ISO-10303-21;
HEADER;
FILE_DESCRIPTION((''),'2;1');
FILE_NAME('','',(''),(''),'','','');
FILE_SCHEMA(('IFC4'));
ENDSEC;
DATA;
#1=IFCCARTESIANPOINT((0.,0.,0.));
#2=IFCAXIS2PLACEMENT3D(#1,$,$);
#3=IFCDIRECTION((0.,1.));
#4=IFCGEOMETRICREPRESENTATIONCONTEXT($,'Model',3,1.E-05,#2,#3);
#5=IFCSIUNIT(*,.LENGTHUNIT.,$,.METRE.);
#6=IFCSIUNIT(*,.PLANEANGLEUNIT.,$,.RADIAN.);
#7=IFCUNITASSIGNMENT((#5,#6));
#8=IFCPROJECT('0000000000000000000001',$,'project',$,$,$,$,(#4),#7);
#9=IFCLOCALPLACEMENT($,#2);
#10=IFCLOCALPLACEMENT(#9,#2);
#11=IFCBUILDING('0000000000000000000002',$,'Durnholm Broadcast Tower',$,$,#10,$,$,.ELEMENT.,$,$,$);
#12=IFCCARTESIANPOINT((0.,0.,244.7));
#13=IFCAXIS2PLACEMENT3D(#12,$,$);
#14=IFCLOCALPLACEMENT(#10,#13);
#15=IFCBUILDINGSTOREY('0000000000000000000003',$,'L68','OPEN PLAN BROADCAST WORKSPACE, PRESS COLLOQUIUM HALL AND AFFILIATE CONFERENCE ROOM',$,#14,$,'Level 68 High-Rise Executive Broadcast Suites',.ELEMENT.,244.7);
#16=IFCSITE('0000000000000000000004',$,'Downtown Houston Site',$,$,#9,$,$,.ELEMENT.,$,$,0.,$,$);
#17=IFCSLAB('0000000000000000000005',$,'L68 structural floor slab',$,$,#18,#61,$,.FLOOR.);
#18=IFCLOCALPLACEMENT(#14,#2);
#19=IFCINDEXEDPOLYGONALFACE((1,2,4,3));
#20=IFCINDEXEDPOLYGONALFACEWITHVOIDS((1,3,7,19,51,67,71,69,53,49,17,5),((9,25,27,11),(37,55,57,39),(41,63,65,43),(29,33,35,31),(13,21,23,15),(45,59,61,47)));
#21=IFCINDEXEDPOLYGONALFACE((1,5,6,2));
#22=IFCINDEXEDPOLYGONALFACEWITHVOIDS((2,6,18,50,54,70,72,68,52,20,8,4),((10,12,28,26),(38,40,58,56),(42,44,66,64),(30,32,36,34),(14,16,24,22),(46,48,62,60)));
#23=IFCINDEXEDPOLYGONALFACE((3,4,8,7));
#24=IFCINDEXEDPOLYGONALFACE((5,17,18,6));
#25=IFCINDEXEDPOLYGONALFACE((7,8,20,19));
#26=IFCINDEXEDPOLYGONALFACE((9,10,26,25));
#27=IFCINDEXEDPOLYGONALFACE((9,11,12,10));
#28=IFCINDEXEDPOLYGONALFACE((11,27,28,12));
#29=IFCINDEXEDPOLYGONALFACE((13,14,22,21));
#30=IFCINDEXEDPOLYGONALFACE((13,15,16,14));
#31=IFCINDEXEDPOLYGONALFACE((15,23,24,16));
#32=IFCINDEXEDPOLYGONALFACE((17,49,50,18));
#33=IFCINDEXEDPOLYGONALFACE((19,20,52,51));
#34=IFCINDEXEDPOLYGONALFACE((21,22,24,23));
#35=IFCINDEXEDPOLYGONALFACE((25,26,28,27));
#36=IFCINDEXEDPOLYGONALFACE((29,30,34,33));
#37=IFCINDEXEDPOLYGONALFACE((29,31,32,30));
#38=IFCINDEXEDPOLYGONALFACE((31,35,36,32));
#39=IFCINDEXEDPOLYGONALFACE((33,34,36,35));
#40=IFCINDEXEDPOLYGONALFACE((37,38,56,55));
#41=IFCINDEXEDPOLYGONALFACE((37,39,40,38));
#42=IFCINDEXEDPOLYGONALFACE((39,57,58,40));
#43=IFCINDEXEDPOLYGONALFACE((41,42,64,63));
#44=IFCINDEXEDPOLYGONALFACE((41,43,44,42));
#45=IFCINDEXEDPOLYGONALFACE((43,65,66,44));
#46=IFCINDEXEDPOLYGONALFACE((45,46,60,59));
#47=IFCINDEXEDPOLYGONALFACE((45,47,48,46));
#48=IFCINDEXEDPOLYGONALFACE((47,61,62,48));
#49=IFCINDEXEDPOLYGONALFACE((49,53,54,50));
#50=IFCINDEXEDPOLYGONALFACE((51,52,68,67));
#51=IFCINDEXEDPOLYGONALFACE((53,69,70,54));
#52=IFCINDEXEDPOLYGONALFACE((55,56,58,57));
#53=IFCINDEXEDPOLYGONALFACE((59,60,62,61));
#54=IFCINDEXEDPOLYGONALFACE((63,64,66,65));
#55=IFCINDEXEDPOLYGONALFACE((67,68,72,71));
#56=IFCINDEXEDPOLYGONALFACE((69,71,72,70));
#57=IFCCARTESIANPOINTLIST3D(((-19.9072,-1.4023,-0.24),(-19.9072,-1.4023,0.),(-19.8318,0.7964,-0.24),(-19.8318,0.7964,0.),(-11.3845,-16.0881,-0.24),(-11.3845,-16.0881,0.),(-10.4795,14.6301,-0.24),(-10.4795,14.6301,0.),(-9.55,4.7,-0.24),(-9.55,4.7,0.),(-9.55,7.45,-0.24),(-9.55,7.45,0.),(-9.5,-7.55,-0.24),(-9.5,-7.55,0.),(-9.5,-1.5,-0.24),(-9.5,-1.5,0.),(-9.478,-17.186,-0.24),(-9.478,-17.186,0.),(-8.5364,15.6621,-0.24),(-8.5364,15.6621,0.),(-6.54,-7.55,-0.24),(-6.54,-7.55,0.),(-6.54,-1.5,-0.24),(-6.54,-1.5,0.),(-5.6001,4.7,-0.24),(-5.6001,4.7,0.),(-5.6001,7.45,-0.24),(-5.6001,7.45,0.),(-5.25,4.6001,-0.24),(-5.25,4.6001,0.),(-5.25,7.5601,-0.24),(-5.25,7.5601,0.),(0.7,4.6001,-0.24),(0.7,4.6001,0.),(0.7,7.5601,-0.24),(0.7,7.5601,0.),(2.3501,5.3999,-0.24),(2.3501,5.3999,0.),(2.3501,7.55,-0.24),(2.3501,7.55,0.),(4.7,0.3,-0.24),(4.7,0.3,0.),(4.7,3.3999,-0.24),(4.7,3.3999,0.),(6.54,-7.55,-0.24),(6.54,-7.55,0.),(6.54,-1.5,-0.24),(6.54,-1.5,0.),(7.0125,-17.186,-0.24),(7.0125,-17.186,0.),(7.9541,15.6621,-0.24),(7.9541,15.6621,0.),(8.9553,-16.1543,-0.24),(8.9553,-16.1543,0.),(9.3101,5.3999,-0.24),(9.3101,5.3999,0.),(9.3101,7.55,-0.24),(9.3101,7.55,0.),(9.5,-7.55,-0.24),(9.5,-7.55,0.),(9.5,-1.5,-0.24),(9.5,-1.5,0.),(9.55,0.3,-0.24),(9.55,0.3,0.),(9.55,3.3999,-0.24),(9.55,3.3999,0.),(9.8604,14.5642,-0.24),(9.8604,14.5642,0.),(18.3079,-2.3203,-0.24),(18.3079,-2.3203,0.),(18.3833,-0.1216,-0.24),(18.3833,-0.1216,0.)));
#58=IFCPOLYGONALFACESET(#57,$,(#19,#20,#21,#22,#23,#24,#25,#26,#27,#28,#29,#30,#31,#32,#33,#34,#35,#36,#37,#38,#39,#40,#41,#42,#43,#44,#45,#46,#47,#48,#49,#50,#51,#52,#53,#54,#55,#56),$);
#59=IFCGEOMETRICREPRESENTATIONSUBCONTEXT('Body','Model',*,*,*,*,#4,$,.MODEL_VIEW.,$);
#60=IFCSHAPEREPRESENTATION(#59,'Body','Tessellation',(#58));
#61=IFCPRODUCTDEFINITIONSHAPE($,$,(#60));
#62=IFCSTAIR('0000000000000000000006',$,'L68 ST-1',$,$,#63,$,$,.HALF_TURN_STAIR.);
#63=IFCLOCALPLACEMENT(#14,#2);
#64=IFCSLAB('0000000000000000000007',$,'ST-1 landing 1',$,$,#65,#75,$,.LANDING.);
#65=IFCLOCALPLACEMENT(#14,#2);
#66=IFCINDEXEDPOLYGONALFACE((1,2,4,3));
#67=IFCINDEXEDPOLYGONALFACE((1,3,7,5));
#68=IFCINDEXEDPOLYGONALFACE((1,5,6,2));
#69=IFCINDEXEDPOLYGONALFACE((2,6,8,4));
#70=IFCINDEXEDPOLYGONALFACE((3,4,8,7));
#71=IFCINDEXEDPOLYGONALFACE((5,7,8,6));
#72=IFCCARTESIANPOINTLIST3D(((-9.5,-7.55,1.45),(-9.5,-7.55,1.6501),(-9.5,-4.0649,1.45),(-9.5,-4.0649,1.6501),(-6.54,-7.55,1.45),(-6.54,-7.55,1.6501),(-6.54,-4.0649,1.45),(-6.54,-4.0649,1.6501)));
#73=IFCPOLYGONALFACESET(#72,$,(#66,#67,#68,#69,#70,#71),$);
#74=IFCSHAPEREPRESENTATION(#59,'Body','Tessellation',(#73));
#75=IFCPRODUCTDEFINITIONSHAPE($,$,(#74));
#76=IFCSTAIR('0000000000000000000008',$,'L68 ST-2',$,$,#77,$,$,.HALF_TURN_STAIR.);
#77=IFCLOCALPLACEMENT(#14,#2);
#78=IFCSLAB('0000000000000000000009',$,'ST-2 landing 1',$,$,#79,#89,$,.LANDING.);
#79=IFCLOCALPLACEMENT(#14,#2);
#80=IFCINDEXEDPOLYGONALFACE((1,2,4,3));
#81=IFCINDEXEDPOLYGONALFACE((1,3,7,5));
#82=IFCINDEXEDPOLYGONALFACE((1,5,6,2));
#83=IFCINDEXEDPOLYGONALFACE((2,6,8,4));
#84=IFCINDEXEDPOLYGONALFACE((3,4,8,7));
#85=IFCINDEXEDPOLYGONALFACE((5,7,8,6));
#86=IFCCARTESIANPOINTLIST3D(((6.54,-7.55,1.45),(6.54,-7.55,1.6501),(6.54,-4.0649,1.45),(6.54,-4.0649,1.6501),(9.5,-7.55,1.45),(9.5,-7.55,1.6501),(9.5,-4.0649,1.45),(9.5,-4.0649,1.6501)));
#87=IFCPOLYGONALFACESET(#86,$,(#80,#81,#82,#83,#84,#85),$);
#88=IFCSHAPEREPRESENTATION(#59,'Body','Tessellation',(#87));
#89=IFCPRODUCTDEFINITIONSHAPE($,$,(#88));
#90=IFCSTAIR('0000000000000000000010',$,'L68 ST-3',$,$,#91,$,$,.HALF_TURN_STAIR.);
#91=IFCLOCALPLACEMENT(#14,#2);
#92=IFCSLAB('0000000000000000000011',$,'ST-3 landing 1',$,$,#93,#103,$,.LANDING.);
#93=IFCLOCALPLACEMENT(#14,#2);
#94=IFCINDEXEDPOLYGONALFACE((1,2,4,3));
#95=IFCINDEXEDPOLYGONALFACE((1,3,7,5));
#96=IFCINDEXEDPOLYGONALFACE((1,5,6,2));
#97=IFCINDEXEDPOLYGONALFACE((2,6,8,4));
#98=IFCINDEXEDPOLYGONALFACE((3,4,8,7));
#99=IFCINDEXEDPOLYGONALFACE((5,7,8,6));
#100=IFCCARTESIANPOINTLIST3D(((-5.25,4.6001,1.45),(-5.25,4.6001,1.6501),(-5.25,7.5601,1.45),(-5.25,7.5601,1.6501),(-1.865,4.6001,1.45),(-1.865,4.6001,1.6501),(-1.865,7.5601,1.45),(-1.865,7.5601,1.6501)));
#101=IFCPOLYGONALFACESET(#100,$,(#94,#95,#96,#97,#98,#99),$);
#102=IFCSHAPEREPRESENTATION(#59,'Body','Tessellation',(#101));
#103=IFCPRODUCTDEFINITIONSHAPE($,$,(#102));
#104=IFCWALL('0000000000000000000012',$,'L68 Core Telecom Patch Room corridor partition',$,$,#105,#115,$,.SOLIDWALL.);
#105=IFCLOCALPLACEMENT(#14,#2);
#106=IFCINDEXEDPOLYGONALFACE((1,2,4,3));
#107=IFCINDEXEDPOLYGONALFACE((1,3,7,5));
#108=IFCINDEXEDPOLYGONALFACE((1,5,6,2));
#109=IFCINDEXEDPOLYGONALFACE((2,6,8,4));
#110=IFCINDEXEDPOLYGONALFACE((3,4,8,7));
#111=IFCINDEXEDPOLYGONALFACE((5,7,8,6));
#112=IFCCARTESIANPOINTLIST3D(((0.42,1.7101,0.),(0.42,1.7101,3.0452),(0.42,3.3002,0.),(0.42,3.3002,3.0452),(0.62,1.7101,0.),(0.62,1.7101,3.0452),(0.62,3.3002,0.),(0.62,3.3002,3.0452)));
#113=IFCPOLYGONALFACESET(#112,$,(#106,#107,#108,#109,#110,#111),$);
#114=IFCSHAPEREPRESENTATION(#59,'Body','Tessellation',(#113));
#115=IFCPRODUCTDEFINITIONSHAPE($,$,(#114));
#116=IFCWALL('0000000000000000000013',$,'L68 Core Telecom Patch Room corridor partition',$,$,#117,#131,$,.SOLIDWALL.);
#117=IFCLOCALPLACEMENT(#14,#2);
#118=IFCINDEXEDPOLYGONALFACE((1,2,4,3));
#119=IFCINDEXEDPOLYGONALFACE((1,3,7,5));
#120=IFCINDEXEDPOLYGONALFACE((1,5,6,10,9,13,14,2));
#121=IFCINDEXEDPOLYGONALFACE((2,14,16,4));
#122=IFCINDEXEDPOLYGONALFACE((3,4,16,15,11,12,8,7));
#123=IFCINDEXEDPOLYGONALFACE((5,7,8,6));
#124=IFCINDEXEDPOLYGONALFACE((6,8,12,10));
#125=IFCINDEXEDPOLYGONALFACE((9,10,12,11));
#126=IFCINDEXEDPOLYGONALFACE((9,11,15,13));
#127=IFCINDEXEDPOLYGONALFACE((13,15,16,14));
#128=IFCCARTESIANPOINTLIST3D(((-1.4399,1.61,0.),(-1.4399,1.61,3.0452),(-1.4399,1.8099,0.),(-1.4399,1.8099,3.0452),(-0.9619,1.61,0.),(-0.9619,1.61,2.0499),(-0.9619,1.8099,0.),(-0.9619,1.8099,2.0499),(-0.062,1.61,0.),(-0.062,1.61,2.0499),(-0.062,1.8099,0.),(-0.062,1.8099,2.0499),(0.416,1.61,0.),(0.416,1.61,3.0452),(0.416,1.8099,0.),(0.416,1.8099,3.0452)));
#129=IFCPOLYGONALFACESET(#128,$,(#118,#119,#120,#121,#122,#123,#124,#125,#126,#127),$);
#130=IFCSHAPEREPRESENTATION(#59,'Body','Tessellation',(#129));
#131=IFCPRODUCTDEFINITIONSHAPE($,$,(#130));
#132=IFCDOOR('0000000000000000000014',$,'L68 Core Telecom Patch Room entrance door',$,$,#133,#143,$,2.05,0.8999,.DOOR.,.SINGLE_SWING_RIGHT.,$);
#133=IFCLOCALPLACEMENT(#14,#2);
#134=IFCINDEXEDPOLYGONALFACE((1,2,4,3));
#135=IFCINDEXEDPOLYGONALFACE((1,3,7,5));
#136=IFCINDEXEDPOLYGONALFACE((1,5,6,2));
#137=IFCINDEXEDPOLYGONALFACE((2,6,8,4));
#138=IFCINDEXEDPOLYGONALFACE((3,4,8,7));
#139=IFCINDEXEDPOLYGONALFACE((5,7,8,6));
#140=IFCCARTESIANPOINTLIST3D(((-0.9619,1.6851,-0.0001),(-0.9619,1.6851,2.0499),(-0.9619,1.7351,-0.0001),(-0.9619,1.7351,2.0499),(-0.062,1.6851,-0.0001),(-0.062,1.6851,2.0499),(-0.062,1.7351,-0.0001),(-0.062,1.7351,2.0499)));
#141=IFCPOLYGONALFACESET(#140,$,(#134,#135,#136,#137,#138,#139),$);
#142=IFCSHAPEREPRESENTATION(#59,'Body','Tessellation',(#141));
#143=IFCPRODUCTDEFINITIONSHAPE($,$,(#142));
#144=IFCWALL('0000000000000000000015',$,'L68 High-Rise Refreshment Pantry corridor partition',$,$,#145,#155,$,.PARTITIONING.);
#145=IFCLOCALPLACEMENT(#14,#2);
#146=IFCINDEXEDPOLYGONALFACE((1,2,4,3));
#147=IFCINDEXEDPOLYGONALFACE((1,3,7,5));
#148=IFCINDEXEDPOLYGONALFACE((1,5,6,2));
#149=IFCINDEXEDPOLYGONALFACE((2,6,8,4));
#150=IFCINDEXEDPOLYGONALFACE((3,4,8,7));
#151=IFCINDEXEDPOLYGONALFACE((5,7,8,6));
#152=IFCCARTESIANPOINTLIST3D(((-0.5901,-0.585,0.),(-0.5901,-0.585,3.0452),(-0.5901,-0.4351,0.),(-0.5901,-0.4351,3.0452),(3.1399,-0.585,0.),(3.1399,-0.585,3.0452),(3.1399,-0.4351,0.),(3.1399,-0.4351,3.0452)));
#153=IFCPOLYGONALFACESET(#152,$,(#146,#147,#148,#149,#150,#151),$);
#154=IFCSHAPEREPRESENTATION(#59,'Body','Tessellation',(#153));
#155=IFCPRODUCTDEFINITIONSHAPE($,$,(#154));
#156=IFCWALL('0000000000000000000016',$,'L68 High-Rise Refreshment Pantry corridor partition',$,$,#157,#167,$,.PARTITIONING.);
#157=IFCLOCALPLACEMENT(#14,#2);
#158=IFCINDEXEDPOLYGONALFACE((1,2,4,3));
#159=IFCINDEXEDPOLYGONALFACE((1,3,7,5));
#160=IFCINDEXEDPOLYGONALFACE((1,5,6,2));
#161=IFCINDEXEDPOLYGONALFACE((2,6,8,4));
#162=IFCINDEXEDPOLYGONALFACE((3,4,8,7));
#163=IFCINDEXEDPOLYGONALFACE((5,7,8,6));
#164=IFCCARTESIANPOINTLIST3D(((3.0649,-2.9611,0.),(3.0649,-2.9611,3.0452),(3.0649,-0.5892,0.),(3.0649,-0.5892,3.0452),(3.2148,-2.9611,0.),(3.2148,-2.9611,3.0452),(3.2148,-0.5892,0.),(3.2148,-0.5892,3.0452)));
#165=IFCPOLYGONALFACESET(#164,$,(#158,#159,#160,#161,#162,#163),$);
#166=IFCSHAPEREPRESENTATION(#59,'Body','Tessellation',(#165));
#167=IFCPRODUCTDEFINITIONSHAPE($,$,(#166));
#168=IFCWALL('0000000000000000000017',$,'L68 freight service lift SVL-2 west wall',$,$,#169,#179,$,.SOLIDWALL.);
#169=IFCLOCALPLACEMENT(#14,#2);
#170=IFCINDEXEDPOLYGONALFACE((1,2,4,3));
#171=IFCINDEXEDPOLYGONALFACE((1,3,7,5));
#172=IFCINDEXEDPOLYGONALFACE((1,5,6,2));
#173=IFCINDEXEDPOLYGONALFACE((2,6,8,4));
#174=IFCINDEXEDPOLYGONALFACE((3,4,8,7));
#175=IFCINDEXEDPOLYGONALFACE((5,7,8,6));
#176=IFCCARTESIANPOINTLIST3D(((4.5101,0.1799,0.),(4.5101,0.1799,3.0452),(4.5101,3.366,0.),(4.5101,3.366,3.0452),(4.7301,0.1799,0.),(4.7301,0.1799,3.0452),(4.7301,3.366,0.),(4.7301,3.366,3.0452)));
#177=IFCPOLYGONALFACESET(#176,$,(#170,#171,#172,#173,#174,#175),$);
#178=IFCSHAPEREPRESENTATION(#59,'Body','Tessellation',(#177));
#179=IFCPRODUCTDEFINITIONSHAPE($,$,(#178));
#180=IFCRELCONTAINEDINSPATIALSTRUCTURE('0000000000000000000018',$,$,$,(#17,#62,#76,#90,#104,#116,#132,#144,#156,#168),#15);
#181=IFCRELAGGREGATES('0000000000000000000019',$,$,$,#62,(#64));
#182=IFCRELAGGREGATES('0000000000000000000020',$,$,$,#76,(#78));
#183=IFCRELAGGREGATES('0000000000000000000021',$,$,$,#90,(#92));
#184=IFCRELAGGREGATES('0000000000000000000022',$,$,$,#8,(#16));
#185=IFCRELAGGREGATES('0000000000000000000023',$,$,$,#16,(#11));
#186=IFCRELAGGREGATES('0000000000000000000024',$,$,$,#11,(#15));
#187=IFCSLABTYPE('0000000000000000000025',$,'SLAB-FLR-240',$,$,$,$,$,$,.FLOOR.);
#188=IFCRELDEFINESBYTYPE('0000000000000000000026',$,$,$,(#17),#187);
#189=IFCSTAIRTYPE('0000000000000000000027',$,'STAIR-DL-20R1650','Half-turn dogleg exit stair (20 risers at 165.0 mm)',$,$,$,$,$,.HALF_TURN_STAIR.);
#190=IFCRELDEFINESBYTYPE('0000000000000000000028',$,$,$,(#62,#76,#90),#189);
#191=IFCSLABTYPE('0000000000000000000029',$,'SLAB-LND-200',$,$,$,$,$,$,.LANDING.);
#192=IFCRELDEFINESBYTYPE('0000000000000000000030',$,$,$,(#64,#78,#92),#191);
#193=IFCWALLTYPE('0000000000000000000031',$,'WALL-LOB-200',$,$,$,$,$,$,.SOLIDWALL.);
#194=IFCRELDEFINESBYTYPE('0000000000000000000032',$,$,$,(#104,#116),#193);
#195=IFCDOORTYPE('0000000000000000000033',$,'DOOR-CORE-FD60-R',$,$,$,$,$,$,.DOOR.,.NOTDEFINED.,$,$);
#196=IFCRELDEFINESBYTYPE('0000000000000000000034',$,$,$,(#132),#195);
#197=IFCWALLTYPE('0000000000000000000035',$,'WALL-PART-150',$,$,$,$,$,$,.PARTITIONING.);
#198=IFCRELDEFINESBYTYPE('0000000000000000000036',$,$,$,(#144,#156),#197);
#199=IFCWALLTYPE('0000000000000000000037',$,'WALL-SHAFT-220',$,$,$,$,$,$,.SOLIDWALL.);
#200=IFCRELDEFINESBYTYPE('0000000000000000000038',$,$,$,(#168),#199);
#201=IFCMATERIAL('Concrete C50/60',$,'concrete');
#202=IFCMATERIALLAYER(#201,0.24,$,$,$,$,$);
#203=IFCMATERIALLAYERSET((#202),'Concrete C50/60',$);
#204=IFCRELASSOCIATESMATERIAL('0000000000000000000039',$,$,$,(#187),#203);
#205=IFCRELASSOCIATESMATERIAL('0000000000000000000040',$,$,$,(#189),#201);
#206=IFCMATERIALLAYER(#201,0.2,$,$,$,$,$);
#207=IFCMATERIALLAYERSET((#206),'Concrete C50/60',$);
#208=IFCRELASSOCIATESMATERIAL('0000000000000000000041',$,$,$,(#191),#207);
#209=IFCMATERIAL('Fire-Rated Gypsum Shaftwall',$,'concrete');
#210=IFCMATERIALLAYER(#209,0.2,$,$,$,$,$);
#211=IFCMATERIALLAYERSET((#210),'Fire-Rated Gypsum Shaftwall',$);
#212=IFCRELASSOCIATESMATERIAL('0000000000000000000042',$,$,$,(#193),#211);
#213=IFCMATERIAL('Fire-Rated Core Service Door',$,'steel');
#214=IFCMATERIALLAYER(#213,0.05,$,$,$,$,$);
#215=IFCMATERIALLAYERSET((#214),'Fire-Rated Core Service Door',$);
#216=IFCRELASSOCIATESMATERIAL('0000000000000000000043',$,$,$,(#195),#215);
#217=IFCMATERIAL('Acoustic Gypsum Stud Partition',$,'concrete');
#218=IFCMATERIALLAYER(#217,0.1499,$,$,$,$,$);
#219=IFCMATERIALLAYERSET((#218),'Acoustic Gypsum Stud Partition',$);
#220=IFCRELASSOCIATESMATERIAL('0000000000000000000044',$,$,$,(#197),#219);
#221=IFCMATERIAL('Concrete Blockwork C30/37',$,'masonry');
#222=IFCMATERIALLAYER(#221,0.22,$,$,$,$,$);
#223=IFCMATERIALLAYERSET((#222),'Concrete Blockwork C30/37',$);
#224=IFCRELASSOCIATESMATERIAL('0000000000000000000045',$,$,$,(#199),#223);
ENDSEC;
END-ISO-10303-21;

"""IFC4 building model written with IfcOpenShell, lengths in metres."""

from ifc_helpers import new_model, si_unit, direction, frame, frame_2d, origin, place, context, subcontext, project, spatial, polyline, rectangle, outline, extrude, source, transform, mapped, material, layer, layer_set, type_object, type_shapes, element, fill, aggregate, save


model = new_model("IFC4")

# Units and contexts
model_context = context("Model", 3, precision=1e-05, world=origin(), true_north=direction((0.0, 1.0)))
body_context = subcontext(model_context, "Body", "Model", "MODEL_VIEW")
ifc_project = project(units=[si_unit("LENGTHUNIT", "METRE"), si_unit("PLANEANGLEUNIT", "RADIAN")], contexts=[model_context])

# Site, building, storey
site_placement = place(None, origin())
site = spatial("IfcSite", under=ifc_project, at=site_placement, Name="Downtown Houston Site", CompositionType="ELEMENT", RefElevation=0.0)
building_placement = place(site_placement, origin())
building = spatial("IfcBuilding", under=site, at=building_placement, Name="Durnholm Broadcast Tower", CompositionType="ELEMENT")
storey_placement = place(building_placement, frame((0.0, 0.0, 244.7)))
storey = spatial("IfcBuildingStorey", under=building, at=storey_placement, Name="L68", Description="OPEN PLAN BROADCAST WORKSPACE, PRESS COLLOQUIUM HALL AND AFFILIATE CONFERENCE ROOM", LongName="Level 68 High-Rise Executive Broadcast Suites", CompositionType="ELEMENT", Elevation=244.7)

# Slab
ifc_material_1 = material(Name="Concrete C50/60", Category="concrete")
ifc_layer_1 = layer(ifc_material_1, 0.24)
ifc_layer_set_1 = layer_set([ifc_layer_1], Name="Concrete C50/60")
slab_type_1 = type_object("IfcSlabType", Name="SLAB-FLR-240", PredefinedType="FLOOR", material=ifc_layer_set_1)
slab_1_placement = place(storey_placement, frame((0.0, 0.0, -0.24)))
element("IfcSlab", 1, at=slab_1_placement, inside=storey, type_object=slab_type_1, Name="L68 structural floor slab", PredefinedType="FLOOR", context=body_context, shape_type="SweptSolid", body=[
    extrude(outline(polyline([(-11.3845, -16.0881), (-9.478, -17.186), (7.0125, -17.186), (8.9553, -16.1543), (18.3079, -2.3203), (18.3833, -0.1216), (9.8604, 14.5642), (7.9541, 15.6621), (-8.5364, 15.6621), (-10.4795, 14.6301), (-19.8318, 0.7964), (-19.9072, -1.4023), (-11.3845, -16.0881)]), holes=[polyline([(-6.54, -1.5), (-9.5, -1.5), (-9.5, -7.55), (-6.54, -7.55), (-6.54, -1.5)]), polyline([(9.5, -7.55), (9.5, -1.5), (6.54, -1.5), (6.54, -7.55), (9.5, -7.55)]), polyline([(9.55, 3.3999), (4.7, 3.3999), (4.7, 0.3), (9.55, 0.3), (9.55, 3.3999)]), polyline([(-9.55, 7.45), (-9.55, 4.7), (-5.6001, 4.7), (-5.6001, 7.45), (-9.55, 7.45)]), polyline([(-5.25, 4.6001), (0.7, 4.6001), (0.7, 7.5601), (-5.25, 7.5601), (-5.25, 4.6001)]), polyline([(9.3101, 7.55), (2.3501, 7.55), (2.3501, 5.3999), (9.3101, 5.3999), (9.3101, 7.55)])]), origin(), (0.0, 0.0, 1.0), 0.24),
])

# Stairs, slabs
stair_type = type_object("IfcStairType", Name="STAIR-DL-20R1650", Description="Half-turn dogleg exit stair (20 risers at 165.0 mm)", PredefinedType="HALF_TURN_STAIR", material=ifc_material_1)
stair_1_placement = place(storey_placement, origin())
stair_1 = element("IfcStair", 2, at=stair_1_placement, inside=storey, type_object=stair_type, Name="L68 ST-1", PredefinedType="HALF_TURN_STAIR")
ifc_layer_2 = layer(ifc_material_1, 0.2)
ifc_layer_set_2 = layer_set([ifc_layer_2], Name="Concrete C50/60")
slab_type_2 = type_object("IfcSlabType", Name="SLAB-LND-200", PredefinedType="LANDING", material=ifc_layer_set_2)
slab_2_placement = place(storey_placement, frame((0.0, 0.0, 1.45)))
slab_2 = element("IfcSlab", 3, at=slab_2_placement, type_object=slab_type_2, Name="ST-1 landing 1", PredefinedType="LANDING", context=body_context, shape_type="SweptSolid", body=[
    extrude(outline(polyline([(-9.5, -4.0649), (-9.5, -7.55), (-6.54, -7.55), (-6.54, -4.0649), (-9.5, -4.0649)])), origin(), (0.0, 0.0, 1.0), 0.2002),
])
aggregate(stair_1, [slab_2])
stair_2_placement = place(storey_placement, origin())
stair_2 = element("IfcStair", 4, at=stair_2_placement, inside=storey, type_object=stair_type, Name="L68 ST-2", PredefinedType="HALF_TURN_STAIR")
slab_3_placement = place(storey_placement, frame((0.0, 0.0, 1.45)))
slab_3 = element("IfcSlab", 5, at=slab_3_placement, type_object=slab_type_2, Name="ST-2 landing 1", PredefinedType="LANDING", context=body_context, shape_type="SweptSolid", body=[
    extrude(outline(polyline([(6.54, -4.0649), (6.54, -7.55), (9.5, -7.55), (9.5, -4.0649), (6.54, -4.0649)])), origin(), (0.0, 0.0, 1.0), 0.2002),
])
aggregate(stair_2, [slab_3])
stair_3_placement = place(storey_placement, origin())
stair_3 = element("IfcStair", 6, at=stair_3_placement, inside=storey, type_object=stair_type, Name="L68 ST-3", PredefinedType="HALF_TURN_STAIR")
slab_4_placement = place(storey_placement, frame((0.0, 0.0, 1.45)))
slab_4 = element("IfcSlab", 7, at=slab_4_placement, type_object=slab_type_2, Name="ST-3 landing 1", PredefinedType="LANDING", context=body_context, shape_type="SweptSolid", body=[
    extrude(outline(polyline([(-1.865, 7.5601), (-5.25, 7.5601), (-5.25, 4.6001), (-1.865, 4.6001), (-1.865, 7.5601)])), origin(), (0.0, 0.0, 1.0), 0.2002),
])
aggregate(stair_3, [slab_4])

# Wall
ifc_material_2 = material(Name="Fire-Rated Gypsum Shaftwall", Category="concrete")
ifc_layer_3 = layer(ifc_material_2, 0.2)
ifc_layer_set_3 = layer_set([ifc_layer_3], Name="Fire-Rated Gypsum Shaftwall")
wall_type_1 = type_object("IfcWallType", Name="WALL-LOB-200", PredefinedType="SOLIDWALL", material=ifc_layer_set_3)
wall_1_placement = place(storey_placement, frame((0.52, 3.3, 0.0), z_axis=(0.0, 0.0, 1.0), x_axis=(0.0, -1.0, 0.0)))
element("IfcWall", 8, at=wall_1_placement, inside=storey, type_object=wall_type_1, Name="L68 Core Telecom Patch Room corridor partition", PredefinedType="SOLIDWALL", context=body_context, shape_type="SweptSolid", body=[
    extrude(rectangle(XDim=1.5901, YDim=0.2, at=frame_2d((0.7949, 0.0))), origin(), (0.0, 0.0, 1.0), 3.0452),
])

# Wall, opening, door
wall_2_placement = place(storey_placement, frame((0.416, 1.71, 0.0), z_axis=(0.0, 0.0, 1.0), x_axis=(-1.0, 0.0, 0.0)))
wall_2 = element("IfcWall", 9, at=wall_2_placement, inside=storey, type_object=wall_type_1, Name="L68 Core Telecom Patch Room corridor partition", PredefinedType="SOLIDWALL", context=body_context, shape_type="SweptSolid", body=[
    extrude(rectangle(XDim=1.856, YDim=0.2, at=frame_2d((0.928, 0.0))), origin(), (0.0, 0.0, 1.0), 3.0452),
])
opening_1_placement = place(wall_2_placement, frame((0.478, 0.0, 0.0)))
opening_1 = element("IfcOpeningElement", 10, at=opening_1_placement, cuts=wall_2, PredefinedType="OPENING", context=body_context, shape_type="SweptSolid", body=[
    extrude(rectangle(XDim=0.8999, YDim=2.05, at=frame_2d((0.45, 1.0249))), frame((0.0, 0.1099, 0.0), z_axis=(0.0, -1.0, 0.0), x_axis=(1.0, 0.0, 0.0)), (0.0, 0.0, 1.0), 0.22),
])
ifc_material_3 = material(Name="Fire-Rated Core Service Door", Category="steel")
ifc_layer_4 = layer(ifc_material_3, 0.05)
ifc_layer_set_4 = layer_set([ifc_layer_4], Name="Fire-Rated Core Service Door")
door_type_1 = type_object("IfcDoorType", Name="DOOR-CORE-FD60-R", OperationType="NOTDEFINED", PredefinedType="DOOR", material=ifc_layer_set_4)
shared_shape_1 = source(origin(), body_context, "Body", "SweptSolid", [
    extrude(rectangle(XDim=0.8999, YDim=2.05, at=frame_2d((0.45, 1.0249))), frame((0.0, 0.0249, 0.0), z_axis=(0.0, -1.0, 0.0), x_axis=(1.0, 0.0, 0.0)), (0.0, 0.0, 1.0), 0.05),
])
type_shapes(door_type_1, [shared_shape_1])
door_1_placement = place(opening_1_placement, origin())
door_1 = element("IfcDoor", 11, at=door_1_placement, inside=storey, type_object=door_type_1, Name="L68 Core Telecom Patch Room entrance door", OperationType="SINGLE_SWING_RIGHT", OverallHeight=2.05, OverallWidth=0.8999, PredefinedType="DOOR", context=body_context, shape_type="MappedRepresentation", body=[
    mapped(shared_shape_1, transform((0.0, 0.0, 0.0), x_axis=(1.0, 0.0, 0.0), y_axis=(0.0, 1.0, 0.0), z_axis=(0.0, 0.0, 1.0), scale=1.0)),
])
fill(opening_1, door_1)

# Walls
ifc_material_4 = material(Name="Acoustic Gypsum Stud Partition", Category="concrete")
ifc_layer_5 = layer(ifc_material_4, 0.1499)
ifc_layer_set_5 = layer_set([ifc_layer_5], Name="Acoustic Gypsum Stud Partition")
wall_type_2 = type_object("IfcWallType", Name="WALL-PART-150", PredefinedType="PARTITIONING", material=ifc_layer_set_5)
wall_3_placement = place(storey_placement, frame((-0.5901, -0.51, 0.0), z_axis=(0.0, 0.0, 1.0), x_axis=(1.0, 0.0, 0.0)))
element("IfcWall", 12, at=wall_3_placement, inside=storey, type_object=wall_type_2, Name="L68 High-Rise Refreshment Pantry corridor partition", PredefinedType="PARTITIONING", context=body_context, shape_type="SweptSolid", body=[
    extrude(rectangle(XDim=3.73, YDim=0.1499, at=frame_2d((1.865, 0.0))), origin(), (0.0, 0.0, 1.0), 3.0452),
])
wall_4_placement = place(storey_placement, frame((3.1399, -0.5891, 0.0), z_axis=(0.0, 0.0, 1.0), x_axis=(0.0, -1.0, 0.0)))
element("IfcWall", 13, at=wall_4_placement, inside=storey, type_object=wall_type_2, Name="L68 High-Rise Refreshment Pantry corridor partition", PredefinedType="PARTITIONING", context=body_context, shape_type="SweptSolid", body=[
    extrude(rectangle(XDim=2.3718, YDim=0.1499, at=frame_2d((1.186, 0.0))), origin(), (0.0, 0.0, 1.0), 3.0452),
])

# Shared definitions
ifc_material_5 = material(Name="Concrete Blockwork C30/37", Category="masonry")
ifc_layer_6 = layer(ifc_material_5, 0.22)
ifc_layer_set_6 = layer_set([ifc_layer_6], Name="Concrete Blockwork C30/37")
wall_type_3 = type_object("IfcWallType", Name="WALL-SHAFT-220", PredefinedType="SOLIDWALL", material=ifc_layer_set_6)

# Wall
for number, where, z_axis, x_axis, name in (
    (14, (4.6201, 0.1799, 0.0), (0.0, 0.0, 1.0), (0.0, 1.0, 0.0), "L68 freight service lift SVL-2 west wall"),
):
    element("IfcWall", number, at=place(storey_placement, frame(where, z_axis=z_axis, x_axis=x_axis)), inside=storey, type_object=wall_type_3, Name=name, PredefinedType="SOLIDWALL", context=body_context, shape_type="SweptSolid", body=[
        extrude(rectangle(XDim=3.186, YDim=0.22, at=frame_2d((1.593, 0.0))), origin(), (0.0, 0.0, 1.0), 3.0452),
    ])

save(model, "model.ifc")
